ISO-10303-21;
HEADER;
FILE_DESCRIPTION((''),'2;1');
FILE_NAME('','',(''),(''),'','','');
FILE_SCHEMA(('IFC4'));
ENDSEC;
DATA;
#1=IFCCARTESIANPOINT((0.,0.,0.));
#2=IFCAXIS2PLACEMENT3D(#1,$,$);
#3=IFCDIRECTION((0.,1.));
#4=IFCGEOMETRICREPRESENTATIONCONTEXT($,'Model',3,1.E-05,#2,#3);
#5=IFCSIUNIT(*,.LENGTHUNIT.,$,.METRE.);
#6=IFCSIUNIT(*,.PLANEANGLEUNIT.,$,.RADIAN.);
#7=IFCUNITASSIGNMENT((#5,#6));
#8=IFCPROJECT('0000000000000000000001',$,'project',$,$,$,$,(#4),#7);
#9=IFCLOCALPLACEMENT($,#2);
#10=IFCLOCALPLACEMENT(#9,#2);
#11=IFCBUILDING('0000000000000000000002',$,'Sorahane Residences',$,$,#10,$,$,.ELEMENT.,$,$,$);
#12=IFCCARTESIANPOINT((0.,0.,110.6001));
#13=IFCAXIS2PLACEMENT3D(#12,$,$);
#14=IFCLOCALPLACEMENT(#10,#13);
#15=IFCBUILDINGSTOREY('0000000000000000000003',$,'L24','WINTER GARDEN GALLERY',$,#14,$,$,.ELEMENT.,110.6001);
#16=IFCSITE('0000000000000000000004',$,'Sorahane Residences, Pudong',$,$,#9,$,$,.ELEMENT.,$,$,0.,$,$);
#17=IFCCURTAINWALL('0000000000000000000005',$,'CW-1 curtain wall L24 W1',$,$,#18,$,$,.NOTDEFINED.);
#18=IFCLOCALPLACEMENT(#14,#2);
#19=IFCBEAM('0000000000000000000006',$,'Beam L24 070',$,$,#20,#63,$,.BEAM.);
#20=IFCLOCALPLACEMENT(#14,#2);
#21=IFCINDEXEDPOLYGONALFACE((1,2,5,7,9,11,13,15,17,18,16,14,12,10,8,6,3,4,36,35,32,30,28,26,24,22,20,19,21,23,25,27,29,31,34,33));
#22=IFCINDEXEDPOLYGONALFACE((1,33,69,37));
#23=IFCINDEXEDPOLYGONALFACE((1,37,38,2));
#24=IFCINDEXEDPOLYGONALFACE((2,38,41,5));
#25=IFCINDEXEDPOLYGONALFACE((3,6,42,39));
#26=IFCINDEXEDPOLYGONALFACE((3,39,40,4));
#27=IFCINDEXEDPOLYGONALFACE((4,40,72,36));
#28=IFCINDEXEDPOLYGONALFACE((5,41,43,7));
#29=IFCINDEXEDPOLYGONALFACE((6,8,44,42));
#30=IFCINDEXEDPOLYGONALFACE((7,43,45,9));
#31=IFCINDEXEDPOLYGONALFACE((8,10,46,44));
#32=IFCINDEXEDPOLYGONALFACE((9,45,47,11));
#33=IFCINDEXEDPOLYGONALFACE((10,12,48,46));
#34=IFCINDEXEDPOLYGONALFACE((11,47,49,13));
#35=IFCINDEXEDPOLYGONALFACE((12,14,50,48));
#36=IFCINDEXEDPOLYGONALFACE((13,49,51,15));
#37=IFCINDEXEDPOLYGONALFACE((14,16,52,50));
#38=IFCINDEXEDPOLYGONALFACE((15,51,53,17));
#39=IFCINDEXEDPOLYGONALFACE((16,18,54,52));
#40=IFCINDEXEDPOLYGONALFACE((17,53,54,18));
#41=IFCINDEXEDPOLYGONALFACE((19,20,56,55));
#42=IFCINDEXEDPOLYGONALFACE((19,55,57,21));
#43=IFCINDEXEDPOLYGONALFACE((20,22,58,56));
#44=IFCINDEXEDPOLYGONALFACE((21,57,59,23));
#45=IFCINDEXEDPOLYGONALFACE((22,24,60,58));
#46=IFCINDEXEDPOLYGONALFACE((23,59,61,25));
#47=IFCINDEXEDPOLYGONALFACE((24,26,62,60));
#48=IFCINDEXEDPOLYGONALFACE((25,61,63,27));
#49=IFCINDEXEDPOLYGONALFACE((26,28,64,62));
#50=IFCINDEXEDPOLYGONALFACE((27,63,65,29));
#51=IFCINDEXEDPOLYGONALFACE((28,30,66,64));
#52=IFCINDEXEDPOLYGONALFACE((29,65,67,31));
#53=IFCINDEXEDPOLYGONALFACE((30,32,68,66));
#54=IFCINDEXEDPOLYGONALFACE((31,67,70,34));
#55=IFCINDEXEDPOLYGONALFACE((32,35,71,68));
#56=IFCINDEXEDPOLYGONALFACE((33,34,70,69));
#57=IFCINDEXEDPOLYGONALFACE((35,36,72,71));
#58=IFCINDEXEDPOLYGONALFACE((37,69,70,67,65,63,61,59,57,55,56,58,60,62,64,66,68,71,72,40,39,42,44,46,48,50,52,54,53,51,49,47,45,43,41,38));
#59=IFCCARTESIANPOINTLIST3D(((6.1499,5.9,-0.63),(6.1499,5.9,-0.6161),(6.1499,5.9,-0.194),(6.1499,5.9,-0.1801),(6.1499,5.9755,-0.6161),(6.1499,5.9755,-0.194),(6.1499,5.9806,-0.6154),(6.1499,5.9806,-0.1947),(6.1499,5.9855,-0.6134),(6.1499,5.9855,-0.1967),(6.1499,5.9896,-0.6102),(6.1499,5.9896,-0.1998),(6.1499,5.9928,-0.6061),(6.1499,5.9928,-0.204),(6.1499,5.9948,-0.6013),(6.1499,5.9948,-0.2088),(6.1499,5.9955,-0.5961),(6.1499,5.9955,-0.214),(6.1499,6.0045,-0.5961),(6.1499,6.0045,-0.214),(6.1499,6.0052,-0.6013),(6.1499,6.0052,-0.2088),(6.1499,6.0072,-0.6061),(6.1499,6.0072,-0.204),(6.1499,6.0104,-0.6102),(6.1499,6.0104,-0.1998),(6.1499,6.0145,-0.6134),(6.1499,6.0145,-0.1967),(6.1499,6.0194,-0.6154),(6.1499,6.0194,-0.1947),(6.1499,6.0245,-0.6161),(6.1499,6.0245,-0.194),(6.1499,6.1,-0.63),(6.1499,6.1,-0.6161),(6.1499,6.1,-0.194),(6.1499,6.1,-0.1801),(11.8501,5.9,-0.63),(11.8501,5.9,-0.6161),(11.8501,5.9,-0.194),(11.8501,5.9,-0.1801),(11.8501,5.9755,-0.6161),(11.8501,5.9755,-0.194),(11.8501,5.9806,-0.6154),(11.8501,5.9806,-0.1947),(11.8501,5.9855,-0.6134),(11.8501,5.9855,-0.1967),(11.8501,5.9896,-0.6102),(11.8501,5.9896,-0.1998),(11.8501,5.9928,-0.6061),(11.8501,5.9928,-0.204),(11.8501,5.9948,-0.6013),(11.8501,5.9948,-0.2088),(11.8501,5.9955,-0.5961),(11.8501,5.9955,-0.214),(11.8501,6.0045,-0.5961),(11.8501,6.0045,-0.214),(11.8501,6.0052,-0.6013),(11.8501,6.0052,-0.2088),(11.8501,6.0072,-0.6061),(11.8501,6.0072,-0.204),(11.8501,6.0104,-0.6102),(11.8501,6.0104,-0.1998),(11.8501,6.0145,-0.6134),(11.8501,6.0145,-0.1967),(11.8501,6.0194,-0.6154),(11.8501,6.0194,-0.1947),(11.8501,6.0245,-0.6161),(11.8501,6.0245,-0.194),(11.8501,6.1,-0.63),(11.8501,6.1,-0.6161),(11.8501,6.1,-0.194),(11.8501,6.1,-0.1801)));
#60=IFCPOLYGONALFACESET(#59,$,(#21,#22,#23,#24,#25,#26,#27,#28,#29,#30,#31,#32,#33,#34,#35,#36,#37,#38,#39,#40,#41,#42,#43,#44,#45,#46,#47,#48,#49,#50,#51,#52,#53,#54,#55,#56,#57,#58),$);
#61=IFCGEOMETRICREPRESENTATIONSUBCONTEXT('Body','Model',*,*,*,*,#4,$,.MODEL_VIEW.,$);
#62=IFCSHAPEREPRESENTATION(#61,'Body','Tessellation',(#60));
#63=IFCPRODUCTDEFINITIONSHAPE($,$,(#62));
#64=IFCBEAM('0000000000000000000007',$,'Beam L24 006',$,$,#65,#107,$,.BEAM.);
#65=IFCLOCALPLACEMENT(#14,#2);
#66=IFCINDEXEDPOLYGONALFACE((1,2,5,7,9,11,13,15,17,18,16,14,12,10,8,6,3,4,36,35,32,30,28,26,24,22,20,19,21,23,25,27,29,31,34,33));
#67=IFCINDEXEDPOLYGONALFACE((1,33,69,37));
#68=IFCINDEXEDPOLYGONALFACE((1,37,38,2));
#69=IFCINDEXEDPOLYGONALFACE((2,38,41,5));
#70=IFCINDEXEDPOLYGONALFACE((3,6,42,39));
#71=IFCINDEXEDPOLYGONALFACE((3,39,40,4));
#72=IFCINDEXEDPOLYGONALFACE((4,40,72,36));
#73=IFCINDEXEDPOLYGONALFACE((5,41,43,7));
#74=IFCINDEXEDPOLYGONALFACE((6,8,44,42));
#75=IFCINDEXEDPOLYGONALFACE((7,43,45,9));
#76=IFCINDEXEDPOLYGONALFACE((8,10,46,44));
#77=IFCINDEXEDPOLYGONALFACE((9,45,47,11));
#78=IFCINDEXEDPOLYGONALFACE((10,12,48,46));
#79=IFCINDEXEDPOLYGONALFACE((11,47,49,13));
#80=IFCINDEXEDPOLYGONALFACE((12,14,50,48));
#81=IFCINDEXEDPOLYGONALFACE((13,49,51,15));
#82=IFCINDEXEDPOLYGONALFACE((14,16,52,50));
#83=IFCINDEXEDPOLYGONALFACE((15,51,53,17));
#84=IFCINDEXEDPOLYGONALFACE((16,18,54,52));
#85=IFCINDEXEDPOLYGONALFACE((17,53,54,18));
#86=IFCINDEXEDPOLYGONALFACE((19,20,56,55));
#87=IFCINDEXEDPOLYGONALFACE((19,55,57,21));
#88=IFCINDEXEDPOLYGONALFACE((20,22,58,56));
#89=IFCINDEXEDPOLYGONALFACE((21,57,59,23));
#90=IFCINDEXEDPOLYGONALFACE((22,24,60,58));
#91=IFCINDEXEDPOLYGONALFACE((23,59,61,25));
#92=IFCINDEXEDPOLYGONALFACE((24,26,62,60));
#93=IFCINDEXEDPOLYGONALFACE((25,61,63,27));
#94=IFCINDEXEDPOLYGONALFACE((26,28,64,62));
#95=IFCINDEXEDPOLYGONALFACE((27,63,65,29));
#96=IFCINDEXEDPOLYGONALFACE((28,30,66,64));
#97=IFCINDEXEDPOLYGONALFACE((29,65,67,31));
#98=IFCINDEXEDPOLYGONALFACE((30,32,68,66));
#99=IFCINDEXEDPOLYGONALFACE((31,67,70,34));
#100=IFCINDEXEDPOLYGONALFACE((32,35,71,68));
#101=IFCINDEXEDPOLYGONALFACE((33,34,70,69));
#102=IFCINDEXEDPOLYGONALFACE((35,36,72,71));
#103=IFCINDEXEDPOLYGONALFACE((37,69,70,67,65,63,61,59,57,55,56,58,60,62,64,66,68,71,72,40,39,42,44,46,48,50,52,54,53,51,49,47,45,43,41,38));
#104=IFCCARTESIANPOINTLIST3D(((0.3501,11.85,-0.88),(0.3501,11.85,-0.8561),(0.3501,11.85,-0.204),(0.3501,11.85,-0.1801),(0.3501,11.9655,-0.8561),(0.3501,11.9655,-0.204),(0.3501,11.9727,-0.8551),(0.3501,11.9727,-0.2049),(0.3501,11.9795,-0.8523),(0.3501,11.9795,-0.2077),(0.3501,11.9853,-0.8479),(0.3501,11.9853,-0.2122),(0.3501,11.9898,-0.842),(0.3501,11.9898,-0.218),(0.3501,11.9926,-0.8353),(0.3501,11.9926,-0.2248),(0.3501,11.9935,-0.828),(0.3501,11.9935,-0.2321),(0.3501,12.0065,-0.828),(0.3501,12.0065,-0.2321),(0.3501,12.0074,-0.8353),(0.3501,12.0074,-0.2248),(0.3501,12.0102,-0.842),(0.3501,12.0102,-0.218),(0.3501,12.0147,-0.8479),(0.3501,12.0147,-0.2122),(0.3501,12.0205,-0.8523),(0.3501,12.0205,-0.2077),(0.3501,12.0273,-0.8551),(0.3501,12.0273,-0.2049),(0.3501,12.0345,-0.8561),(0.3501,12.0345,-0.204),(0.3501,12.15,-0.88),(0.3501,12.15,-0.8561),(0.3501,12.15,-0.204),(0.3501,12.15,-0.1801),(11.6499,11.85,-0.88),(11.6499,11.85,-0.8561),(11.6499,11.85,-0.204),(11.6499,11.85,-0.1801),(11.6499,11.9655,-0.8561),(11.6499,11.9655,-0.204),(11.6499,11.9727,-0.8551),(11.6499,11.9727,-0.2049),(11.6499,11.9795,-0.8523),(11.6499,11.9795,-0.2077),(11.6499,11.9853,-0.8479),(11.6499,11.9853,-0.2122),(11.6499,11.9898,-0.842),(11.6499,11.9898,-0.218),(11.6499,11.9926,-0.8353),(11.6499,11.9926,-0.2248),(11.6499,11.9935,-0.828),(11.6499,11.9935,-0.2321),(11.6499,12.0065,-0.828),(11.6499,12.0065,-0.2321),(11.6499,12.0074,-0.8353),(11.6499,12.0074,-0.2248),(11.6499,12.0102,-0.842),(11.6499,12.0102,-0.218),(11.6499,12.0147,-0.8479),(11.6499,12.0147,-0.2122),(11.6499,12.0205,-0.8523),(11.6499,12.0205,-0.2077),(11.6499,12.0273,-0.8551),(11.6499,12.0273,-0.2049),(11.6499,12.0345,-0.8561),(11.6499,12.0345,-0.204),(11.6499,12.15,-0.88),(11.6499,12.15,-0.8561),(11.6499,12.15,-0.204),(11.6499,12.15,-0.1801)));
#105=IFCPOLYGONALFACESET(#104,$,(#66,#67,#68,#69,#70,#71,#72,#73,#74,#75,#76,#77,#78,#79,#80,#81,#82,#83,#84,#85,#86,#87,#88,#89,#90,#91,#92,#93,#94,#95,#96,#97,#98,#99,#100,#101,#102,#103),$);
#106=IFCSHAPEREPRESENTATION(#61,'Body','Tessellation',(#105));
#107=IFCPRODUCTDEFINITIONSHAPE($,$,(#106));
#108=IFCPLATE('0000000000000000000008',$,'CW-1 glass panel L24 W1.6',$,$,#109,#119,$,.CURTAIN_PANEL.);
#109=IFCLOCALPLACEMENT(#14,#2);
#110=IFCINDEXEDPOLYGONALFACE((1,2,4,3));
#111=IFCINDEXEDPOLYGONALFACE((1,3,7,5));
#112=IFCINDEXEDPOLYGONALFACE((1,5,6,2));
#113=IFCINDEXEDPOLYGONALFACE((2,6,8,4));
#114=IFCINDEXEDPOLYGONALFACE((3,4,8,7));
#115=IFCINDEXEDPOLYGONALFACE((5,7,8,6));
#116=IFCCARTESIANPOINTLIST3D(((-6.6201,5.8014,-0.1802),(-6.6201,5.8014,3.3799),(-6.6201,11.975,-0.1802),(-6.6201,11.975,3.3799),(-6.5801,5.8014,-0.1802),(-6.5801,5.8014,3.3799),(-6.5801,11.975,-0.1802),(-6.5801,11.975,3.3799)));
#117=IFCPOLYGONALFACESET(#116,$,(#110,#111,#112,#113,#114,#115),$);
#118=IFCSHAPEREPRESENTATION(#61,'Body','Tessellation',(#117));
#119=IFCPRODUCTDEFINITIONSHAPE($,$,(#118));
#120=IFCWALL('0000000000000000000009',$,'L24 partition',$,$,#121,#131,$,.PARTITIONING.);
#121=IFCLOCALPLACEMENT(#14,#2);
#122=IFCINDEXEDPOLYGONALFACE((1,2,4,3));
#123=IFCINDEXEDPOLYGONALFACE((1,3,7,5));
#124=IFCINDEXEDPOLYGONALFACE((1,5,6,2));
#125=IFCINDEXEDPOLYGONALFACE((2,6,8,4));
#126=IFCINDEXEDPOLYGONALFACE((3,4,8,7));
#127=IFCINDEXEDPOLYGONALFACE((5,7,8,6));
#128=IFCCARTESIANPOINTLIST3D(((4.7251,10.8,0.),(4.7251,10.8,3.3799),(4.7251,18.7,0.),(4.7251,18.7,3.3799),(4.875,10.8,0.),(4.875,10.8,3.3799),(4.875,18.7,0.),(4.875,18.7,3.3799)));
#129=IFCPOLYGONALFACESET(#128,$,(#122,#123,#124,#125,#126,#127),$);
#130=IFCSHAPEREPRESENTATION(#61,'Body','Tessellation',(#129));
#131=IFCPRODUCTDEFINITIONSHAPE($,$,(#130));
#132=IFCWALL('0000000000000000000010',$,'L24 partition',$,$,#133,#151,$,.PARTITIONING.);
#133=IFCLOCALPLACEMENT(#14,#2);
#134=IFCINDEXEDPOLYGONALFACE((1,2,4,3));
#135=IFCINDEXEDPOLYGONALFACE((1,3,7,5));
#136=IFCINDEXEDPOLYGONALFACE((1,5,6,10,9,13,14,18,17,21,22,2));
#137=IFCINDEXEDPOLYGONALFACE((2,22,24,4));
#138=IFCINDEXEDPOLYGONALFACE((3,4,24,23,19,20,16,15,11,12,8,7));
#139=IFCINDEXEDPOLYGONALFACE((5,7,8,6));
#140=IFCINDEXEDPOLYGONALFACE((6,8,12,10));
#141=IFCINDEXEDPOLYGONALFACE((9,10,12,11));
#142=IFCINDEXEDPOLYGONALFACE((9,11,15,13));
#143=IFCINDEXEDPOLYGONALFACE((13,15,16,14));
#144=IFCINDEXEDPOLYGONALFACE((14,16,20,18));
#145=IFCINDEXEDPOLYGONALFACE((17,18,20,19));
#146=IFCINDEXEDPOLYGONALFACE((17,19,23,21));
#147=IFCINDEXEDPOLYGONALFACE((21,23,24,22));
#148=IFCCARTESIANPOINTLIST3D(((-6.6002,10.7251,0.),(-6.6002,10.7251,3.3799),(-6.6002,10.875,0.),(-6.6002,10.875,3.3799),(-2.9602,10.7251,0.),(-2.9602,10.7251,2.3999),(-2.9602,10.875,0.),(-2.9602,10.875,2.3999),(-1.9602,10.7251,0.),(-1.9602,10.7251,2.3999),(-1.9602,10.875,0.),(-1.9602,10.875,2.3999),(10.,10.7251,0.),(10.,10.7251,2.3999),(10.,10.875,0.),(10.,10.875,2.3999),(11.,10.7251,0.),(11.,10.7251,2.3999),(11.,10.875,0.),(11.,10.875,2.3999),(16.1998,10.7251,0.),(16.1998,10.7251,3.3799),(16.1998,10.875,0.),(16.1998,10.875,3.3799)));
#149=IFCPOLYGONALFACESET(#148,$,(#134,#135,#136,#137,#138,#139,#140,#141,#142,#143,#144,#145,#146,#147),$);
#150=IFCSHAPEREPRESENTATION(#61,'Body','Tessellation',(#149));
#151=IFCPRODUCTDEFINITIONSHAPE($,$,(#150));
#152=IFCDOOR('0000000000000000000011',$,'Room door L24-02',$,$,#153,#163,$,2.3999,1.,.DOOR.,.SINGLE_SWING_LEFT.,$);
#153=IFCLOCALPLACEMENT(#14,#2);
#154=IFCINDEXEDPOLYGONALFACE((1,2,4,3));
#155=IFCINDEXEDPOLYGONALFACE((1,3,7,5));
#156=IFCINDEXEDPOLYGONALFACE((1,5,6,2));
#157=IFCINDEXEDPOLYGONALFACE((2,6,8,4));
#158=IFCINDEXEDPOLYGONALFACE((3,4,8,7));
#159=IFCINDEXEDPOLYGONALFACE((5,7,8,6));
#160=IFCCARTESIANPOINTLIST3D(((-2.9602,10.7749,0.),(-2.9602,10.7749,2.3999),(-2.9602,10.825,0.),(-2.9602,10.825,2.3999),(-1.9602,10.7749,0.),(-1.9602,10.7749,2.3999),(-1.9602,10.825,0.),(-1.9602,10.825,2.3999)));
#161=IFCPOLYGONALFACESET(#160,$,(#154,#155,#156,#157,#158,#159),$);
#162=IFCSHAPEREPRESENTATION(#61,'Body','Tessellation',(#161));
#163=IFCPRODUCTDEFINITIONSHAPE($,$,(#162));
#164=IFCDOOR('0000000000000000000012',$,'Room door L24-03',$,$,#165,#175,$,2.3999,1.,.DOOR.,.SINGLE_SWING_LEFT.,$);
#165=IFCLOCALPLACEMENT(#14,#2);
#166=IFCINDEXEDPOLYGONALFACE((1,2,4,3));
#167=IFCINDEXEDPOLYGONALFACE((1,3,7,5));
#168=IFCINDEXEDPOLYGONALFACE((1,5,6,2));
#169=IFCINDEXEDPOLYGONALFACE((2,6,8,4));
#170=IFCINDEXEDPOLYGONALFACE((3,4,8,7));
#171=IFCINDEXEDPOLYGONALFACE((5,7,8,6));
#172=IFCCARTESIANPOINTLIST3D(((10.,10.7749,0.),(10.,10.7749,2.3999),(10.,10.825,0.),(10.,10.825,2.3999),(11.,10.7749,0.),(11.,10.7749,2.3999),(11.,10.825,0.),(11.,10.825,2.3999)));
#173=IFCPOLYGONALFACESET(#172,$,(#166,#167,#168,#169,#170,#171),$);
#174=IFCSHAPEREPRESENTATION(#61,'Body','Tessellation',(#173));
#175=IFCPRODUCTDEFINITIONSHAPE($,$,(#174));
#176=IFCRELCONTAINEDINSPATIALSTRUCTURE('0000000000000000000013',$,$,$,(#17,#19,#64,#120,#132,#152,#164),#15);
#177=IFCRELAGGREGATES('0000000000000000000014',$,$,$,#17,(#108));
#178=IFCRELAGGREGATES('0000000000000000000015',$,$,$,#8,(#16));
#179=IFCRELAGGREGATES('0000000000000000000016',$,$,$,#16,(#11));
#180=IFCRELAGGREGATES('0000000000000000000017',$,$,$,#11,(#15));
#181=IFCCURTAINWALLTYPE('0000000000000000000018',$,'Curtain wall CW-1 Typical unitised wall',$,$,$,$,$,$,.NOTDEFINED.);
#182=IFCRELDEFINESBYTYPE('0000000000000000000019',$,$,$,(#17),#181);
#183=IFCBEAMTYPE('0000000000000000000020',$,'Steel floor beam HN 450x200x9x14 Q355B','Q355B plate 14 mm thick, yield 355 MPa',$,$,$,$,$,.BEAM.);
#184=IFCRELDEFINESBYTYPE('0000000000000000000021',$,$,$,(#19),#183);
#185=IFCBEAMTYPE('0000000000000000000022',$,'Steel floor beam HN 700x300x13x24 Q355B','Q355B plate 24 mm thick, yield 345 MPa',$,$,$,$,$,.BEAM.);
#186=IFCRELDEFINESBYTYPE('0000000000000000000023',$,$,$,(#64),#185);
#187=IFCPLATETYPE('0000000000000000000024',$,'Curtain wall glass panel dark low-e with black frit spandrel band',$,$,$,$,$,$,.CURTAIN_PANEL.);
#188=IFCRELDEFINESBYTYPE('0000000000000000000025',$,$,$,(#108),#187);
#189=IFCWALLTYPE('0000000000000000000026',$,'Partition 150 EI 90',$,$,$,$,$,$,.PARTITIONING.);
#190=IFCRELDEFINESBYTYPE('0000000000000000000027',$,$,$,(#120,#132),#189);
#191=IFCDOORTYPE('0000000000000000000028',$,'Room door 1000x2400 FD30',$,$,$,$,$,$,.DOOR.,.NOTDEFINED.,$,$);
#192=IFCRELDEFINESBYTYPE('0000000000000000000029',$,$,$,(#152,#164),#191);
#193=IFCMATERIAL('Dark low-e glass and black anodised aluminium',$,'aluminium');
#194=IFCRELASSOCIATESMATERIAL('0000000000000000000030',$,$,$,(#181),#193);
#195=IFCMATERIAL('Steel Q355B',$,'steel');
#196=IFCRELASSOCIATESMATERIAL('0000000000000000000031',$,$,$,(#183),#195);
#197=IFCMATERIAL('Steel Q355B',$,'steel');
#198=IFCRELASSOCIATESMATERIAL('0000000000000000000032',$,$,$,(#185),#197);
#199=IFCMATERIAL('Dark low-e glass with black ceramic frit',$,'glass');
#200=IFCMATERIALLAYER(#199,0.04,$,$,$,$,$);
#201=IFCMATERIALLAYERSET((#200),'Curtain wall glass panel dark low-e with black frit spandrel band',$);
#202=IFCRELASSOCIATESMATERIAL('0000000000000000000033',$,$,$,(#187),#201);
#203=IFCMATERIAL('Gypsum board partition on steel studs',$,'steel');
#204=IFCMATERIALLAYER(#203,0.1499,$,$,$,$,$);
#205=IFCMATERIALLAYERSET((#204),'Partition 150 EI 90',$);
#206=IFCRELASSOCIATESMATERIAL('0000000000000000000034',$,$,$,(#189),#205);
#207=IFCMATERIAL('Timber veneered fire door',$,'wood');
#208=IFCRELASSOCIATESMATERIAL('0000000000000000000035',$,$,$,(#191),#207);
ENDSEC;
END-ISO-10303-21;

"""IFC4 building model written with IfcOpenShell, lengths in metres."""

from ifc_helpers import new_model, si_unit, direction, frame, frame_2d, origin, origin_2d, place, context, subcontext, project, spatial, rectangle, i_section, extrude, material, layer, layer_set, material_profile, profile_set, type_object, element, fill, aggregate, save


model = new_model("IFC4")

# Units and contexts
model_context = context("Model", 3, precision=1e-05, world=origin(), true_north=direction((0.0, 1.0)))
body_context = subcontext(model_context, "Body", "Model", "MODEL_VIEW")
ifc_project = project(units=[si_unit("LENGTHUNIT", "METRE"), si_unit("PLANEANGLEUNIT", "RADIAN")], contexts=[model_context])

# Site, building, storey
site_placement = place(None, origin())
site = spatial("IfcSite", under=ifc_project, at=site_placement, Name="Sorahane Residences, Pudong", CompositionType="ELEMENT", RefElevation=0.0)
building_placement = place(site_placement, origin())
building = spatial("IfcBuilding", under=site, at=building_placement, Name="Sorahane Residences", CompositionType="ELEMENT")
storey_placement = place(building_placement, frame((0.0, 0.0, 110.6001)))
storey = spatial("IfcBuildingStorey", under=building, at=storey_placement, Name="L24", Description="WINTER GARDEN GALLERY", CompositionType="ELEMENT", Elevation=110.6001)

# Curtain wall
ifc_material_1 = material(Name="Dark low-e glass and black anodised aluminium", Category="aluminium")
curtain_wall_type = type_object("IfcCurtainWallType", Name="Curtain wall CW-1 Typical unitised wall", PredefinedType="NOTDEFINED", material=ifc_material_1)
curtain_wall_placement = place(storey_placement, origin())
curtain_wall = element("IfcCurtainWall", 1, at=curtain_wall_placement, inside=storey, type_object=curtain_wall_type, Name="CW-1 curtain wall L24 W1", PredefinedType="NOTDEFINED")

# Beams
ifc_material_2 = material(Name="Steel Q355B", Category="steel")
ifc_material_profile_1 = material_profile(ifc_material_2, i_section(OverallWidth=0.2, OverallDepth=0.45, WebThickness=0.009, FlangeThickness=0.0139, FilletRadius=0.02, at=origin_2d()), Name="HN 450x200x9x14")
ifc_profile_set_1 = profile_set([ifc_material_profile_1], Name="Steel Q355B")
beam_type_1 = type_object("IfcBeamType", Name="Steel floor beam HN 450x200x9x14 Q355B", Description="Q355B plate 14 mm thick, yield 355 MPa", PredefinedType="BEAM", material=ifc_profile_set_1)
beam_1_placement = place(storey_placement, frame((6.1499, 6.0, -0.405), z_axis=(1.0, 0.0, 0.0), x_axis=(0.0, 1.0, 0.0)))
element("IfcBeam", 2, at=beam_1_placement, inside=storey, type_object=beam_type_1, Name="Beam L24 070", PredefinedType="BEAM", context=body_context, shape_type="SweptSolid", body=[
    extrude(i_section(OverallWidth=0.2, OverallDepth=0.45, WebThickness=0.009, FlangeThickness=0.0139, FilletRadius=0.02, at=origin_2d()), origin(), (0.0, 0.0, 1.0), 5.7002),
])
ifc_material_3 = material(Name="Steel Q355B", Category="steel")
ifc_material_profile_2 = material_profile(ifc_material_3, i_section(OverallWidth=0.3, OverallDepth=0.7, WebThickness=0.0129, FlangeThickness=0.0239, FilletRadius=0.0281, at=origin_2d()), Name="HN 700x300x13x24")
ifc_profile_set_2 = profile_set([ifc_material_profile_2], Name="Steel Q355B")
beam_type_2 = type_object("IfcBeamType", Name="Steel floor beam HN 700x300x13x24 Q355B", Description="Q355B plate 24 mm thick, yield 345 MPa", PredefinedType="BEAM", material=ifc_profile_set_2)
beam_2_placement = place(storey_placement, frame((0.3501, 12.0, -0.53), z_axis=(1.0, 0.0, 0.0), x_axis=(0.0, 1.0, 0.0)))
element("IfcBeam", 3, at=beam_2_placement, inside=storey, type_object=beam_type_2, Name="Beam L24 006", PredefinedType="BEAM", context=body_context, shape_type="SweptSolid", body=[
    extrude(i_section(OverallWidth=0.3, OverallDepth=0.7, WebThickness=0.0129, FlangeThickness=0.0239, FilletRadius=0.0281, at=origin_2d()), origin(), (0.0, 0.0, 1.0), 11.2998),
])

# Plate
ifc_material_4 = material(Name="Dark low-e glass with black ceramic frit", Category="glass")
ifc_layer_1 = layer(ifc_material_4, 0.04)
ifc_layer_set_1 = layer_set([ifc_layer_1], Name="Curtain wall glass panel dark low-e with black frit spandrel band")
plate_type = type_object("IfcPlateType", Name="Curtain wall glass panel dark low-e with black frit spandrel band", PredefinedType="CURTAIN_PANEL", material=ifc_layer_set_1)
plate_placement = place(storey_placement, frame((-6.6001, 8.8882, -0.1802), z_axis=(0.0, 0.0, 1.0), x_axis=(0.0, -1.0, 0.0)))
plate = element("IfcPlate", 4, at=plate_placement, type_object=plate_type, Name="CW-1 glass panel L24 W1.6", PredefinedType="CURTAIN_PANEL", context=body_context, shape_type="SweptSolid", body=[
    extrude(rectangle(XDim=6.1736, YDim=0.04, at=origin_2d()), origin(), (0.0, 0.0, 1.0), 3.5601),
])
aggregate(curtain_wall, [plate])

# Wall
ifc_material_5 = material(Name="Gypsum board partition on steel studs", Category="steel")
ifc_layer_2 = layer(ifc_material_5, 0.1499)
ifc_layer_set_2 = layer_set([ifc_layer_2], Name="Partition 150 EI 90")
wall_type_1 = type_object("IfcWallType", Name="Partition 150 EI 90", PredefinedType="PARTITIONING", material=ifc_layer_set_2)
wall_1_placement = place(storey_placement, frame((4.8, 10.8, 0.0), z_axis=(0.0, 0.0, 1.0), x_axis=(0.0, 1.0, 0.0)))
element("IfcWall", 5, at=wall_1_placement, inside=storey, type_object=wall_type_1, Name="L24 partition", PredefinedType="PARTITIONING", context=body_context, shape_type="SweptSolid", body=[
    extrude(rectangle(XDim=7.8999, YDim=0.1499, at=frame_2d((3.95, 0.0))), origin(), (0.0, 0.0, 1.0), 3.3799),
])

# Wall, openings, doors
wall_2_placement = place(storey_placement, frame((-6.6001, 10.8, 0.0), z_axis=(0.0, 0.0, 1.0), x_axis=(1.0, 0.0, 0.0)))
wall_2 = element("IfcWall", 6, at=wall_2_placement, inside=storey, type_object=wall_type_1, Name="L24 partition", PredefinedType="PARTITIONING", context=body_context, shape_type="SweptSolid", body=[
    extrude(rectangle(XDim=22.8, YDim=0.1499, at=frame_2d((11.3999, 0.0))), origin(), (0.0, 0.0, 1.0), 3.3799),
])
opening_1_placement = place(wall_2_placement, frame((3.6399, 0.0, 0.0)))
opening_1 = element("IfcOpeningElement", 7, at=opening_1_placement, cuts=wall_2, PredefinedType="OPENING", context=body_context, shape_type="SweptSolid", body=[
    extrude(rectangle(XDim=1.0, YDim=2.3999, at=frame_2d((0.5, 1.2))), frame((0.0, 0.085, 0.0), z_axis=(0.0, -1.0, 0.0), x_axis=(1.0, 0.0, 0.0)), (0.0, 0.0, 1.0), 0.1699),
])
opening_2_placement = place(wall_2_placement, frame((16.6001, 0.0, 0.0)))
opening_2 = element("IfcOpeningElement", 8, at=opening_2_placement, cuts=wall_2, PredefinedType="OPENING", context=body_context, shape_type="SweptSolid", body=[
    extrude(rectangle(XDim=1.0, YDim=2.3999, at=frame_2d((0.5, 1.2))), frame((0.0, 0.085, 0.0), z_axis=(0.0, -1.0, 0.0), x_axis=(1.0, 0.0, 0.0)), (0.0, 0.0, 1.0), 0.1699),
])
ifc_material_6 = material(Name="Timber veneered fire door", Category="wood")
door_type_1 = type_object("IfcDoorType", Name="Room door 1000x2400 FD30", OperationType="NOTDEFINED", PredefinedType="DOOR", material=ifc_material_6)
door_1_placement = place(opening_1_placement, origin())
door_1 = element("IfcDoor", 9, at=door_1_placement, inside=storey, type_object=door_type_1, Name="Room door L24-02", OperationType="SINGLE_SWING_LEFT", OverallHeight=2.3999, OverallWidth=1.0, PredefinedType="DOOR", context=body_context, shape_type="SweptSolid", body=[
    extrude(rectangle(XDim=1.0, YDim=2.3999, at=frame_2d((0.5, 1.2))), frame((0.0, 0.0249, 0.0), z_axis=(0.0, -1.0, 0.0), x_axis=(1.0, 0.0, 0.0)), (0.0, 0.0, 1.0), 0.05),
])
fill(opening_1, door_1)
door_2_placement = place(opening_2_placement, origin())
door_2 = element("IfcDoor", 10, at=door_2_placement, inside=storey, type_object=door_type_1, Name="Room door L24-03", OperationType="SINGLE_SWING_LEFT", OverallHeight=2.3999, OverallWidth=1.0, PredefinedType="DOOR", context=body_context, shape_type="SweptSolid", body=[
    extrude(rectangle(XDim=1.0, YDim=2.3999, at=frame_2d((0.5, 1.2))), frame((0.0, 0.0249, 0.0), z_axis=(0.0, -1.0, 0.0), x_axis=(1.0, 0.0, 0.0)), (0.0, 0.0, 1.0), 0.05),
])
fill(opening_2, door_2)

save(model, "model.ifc")
